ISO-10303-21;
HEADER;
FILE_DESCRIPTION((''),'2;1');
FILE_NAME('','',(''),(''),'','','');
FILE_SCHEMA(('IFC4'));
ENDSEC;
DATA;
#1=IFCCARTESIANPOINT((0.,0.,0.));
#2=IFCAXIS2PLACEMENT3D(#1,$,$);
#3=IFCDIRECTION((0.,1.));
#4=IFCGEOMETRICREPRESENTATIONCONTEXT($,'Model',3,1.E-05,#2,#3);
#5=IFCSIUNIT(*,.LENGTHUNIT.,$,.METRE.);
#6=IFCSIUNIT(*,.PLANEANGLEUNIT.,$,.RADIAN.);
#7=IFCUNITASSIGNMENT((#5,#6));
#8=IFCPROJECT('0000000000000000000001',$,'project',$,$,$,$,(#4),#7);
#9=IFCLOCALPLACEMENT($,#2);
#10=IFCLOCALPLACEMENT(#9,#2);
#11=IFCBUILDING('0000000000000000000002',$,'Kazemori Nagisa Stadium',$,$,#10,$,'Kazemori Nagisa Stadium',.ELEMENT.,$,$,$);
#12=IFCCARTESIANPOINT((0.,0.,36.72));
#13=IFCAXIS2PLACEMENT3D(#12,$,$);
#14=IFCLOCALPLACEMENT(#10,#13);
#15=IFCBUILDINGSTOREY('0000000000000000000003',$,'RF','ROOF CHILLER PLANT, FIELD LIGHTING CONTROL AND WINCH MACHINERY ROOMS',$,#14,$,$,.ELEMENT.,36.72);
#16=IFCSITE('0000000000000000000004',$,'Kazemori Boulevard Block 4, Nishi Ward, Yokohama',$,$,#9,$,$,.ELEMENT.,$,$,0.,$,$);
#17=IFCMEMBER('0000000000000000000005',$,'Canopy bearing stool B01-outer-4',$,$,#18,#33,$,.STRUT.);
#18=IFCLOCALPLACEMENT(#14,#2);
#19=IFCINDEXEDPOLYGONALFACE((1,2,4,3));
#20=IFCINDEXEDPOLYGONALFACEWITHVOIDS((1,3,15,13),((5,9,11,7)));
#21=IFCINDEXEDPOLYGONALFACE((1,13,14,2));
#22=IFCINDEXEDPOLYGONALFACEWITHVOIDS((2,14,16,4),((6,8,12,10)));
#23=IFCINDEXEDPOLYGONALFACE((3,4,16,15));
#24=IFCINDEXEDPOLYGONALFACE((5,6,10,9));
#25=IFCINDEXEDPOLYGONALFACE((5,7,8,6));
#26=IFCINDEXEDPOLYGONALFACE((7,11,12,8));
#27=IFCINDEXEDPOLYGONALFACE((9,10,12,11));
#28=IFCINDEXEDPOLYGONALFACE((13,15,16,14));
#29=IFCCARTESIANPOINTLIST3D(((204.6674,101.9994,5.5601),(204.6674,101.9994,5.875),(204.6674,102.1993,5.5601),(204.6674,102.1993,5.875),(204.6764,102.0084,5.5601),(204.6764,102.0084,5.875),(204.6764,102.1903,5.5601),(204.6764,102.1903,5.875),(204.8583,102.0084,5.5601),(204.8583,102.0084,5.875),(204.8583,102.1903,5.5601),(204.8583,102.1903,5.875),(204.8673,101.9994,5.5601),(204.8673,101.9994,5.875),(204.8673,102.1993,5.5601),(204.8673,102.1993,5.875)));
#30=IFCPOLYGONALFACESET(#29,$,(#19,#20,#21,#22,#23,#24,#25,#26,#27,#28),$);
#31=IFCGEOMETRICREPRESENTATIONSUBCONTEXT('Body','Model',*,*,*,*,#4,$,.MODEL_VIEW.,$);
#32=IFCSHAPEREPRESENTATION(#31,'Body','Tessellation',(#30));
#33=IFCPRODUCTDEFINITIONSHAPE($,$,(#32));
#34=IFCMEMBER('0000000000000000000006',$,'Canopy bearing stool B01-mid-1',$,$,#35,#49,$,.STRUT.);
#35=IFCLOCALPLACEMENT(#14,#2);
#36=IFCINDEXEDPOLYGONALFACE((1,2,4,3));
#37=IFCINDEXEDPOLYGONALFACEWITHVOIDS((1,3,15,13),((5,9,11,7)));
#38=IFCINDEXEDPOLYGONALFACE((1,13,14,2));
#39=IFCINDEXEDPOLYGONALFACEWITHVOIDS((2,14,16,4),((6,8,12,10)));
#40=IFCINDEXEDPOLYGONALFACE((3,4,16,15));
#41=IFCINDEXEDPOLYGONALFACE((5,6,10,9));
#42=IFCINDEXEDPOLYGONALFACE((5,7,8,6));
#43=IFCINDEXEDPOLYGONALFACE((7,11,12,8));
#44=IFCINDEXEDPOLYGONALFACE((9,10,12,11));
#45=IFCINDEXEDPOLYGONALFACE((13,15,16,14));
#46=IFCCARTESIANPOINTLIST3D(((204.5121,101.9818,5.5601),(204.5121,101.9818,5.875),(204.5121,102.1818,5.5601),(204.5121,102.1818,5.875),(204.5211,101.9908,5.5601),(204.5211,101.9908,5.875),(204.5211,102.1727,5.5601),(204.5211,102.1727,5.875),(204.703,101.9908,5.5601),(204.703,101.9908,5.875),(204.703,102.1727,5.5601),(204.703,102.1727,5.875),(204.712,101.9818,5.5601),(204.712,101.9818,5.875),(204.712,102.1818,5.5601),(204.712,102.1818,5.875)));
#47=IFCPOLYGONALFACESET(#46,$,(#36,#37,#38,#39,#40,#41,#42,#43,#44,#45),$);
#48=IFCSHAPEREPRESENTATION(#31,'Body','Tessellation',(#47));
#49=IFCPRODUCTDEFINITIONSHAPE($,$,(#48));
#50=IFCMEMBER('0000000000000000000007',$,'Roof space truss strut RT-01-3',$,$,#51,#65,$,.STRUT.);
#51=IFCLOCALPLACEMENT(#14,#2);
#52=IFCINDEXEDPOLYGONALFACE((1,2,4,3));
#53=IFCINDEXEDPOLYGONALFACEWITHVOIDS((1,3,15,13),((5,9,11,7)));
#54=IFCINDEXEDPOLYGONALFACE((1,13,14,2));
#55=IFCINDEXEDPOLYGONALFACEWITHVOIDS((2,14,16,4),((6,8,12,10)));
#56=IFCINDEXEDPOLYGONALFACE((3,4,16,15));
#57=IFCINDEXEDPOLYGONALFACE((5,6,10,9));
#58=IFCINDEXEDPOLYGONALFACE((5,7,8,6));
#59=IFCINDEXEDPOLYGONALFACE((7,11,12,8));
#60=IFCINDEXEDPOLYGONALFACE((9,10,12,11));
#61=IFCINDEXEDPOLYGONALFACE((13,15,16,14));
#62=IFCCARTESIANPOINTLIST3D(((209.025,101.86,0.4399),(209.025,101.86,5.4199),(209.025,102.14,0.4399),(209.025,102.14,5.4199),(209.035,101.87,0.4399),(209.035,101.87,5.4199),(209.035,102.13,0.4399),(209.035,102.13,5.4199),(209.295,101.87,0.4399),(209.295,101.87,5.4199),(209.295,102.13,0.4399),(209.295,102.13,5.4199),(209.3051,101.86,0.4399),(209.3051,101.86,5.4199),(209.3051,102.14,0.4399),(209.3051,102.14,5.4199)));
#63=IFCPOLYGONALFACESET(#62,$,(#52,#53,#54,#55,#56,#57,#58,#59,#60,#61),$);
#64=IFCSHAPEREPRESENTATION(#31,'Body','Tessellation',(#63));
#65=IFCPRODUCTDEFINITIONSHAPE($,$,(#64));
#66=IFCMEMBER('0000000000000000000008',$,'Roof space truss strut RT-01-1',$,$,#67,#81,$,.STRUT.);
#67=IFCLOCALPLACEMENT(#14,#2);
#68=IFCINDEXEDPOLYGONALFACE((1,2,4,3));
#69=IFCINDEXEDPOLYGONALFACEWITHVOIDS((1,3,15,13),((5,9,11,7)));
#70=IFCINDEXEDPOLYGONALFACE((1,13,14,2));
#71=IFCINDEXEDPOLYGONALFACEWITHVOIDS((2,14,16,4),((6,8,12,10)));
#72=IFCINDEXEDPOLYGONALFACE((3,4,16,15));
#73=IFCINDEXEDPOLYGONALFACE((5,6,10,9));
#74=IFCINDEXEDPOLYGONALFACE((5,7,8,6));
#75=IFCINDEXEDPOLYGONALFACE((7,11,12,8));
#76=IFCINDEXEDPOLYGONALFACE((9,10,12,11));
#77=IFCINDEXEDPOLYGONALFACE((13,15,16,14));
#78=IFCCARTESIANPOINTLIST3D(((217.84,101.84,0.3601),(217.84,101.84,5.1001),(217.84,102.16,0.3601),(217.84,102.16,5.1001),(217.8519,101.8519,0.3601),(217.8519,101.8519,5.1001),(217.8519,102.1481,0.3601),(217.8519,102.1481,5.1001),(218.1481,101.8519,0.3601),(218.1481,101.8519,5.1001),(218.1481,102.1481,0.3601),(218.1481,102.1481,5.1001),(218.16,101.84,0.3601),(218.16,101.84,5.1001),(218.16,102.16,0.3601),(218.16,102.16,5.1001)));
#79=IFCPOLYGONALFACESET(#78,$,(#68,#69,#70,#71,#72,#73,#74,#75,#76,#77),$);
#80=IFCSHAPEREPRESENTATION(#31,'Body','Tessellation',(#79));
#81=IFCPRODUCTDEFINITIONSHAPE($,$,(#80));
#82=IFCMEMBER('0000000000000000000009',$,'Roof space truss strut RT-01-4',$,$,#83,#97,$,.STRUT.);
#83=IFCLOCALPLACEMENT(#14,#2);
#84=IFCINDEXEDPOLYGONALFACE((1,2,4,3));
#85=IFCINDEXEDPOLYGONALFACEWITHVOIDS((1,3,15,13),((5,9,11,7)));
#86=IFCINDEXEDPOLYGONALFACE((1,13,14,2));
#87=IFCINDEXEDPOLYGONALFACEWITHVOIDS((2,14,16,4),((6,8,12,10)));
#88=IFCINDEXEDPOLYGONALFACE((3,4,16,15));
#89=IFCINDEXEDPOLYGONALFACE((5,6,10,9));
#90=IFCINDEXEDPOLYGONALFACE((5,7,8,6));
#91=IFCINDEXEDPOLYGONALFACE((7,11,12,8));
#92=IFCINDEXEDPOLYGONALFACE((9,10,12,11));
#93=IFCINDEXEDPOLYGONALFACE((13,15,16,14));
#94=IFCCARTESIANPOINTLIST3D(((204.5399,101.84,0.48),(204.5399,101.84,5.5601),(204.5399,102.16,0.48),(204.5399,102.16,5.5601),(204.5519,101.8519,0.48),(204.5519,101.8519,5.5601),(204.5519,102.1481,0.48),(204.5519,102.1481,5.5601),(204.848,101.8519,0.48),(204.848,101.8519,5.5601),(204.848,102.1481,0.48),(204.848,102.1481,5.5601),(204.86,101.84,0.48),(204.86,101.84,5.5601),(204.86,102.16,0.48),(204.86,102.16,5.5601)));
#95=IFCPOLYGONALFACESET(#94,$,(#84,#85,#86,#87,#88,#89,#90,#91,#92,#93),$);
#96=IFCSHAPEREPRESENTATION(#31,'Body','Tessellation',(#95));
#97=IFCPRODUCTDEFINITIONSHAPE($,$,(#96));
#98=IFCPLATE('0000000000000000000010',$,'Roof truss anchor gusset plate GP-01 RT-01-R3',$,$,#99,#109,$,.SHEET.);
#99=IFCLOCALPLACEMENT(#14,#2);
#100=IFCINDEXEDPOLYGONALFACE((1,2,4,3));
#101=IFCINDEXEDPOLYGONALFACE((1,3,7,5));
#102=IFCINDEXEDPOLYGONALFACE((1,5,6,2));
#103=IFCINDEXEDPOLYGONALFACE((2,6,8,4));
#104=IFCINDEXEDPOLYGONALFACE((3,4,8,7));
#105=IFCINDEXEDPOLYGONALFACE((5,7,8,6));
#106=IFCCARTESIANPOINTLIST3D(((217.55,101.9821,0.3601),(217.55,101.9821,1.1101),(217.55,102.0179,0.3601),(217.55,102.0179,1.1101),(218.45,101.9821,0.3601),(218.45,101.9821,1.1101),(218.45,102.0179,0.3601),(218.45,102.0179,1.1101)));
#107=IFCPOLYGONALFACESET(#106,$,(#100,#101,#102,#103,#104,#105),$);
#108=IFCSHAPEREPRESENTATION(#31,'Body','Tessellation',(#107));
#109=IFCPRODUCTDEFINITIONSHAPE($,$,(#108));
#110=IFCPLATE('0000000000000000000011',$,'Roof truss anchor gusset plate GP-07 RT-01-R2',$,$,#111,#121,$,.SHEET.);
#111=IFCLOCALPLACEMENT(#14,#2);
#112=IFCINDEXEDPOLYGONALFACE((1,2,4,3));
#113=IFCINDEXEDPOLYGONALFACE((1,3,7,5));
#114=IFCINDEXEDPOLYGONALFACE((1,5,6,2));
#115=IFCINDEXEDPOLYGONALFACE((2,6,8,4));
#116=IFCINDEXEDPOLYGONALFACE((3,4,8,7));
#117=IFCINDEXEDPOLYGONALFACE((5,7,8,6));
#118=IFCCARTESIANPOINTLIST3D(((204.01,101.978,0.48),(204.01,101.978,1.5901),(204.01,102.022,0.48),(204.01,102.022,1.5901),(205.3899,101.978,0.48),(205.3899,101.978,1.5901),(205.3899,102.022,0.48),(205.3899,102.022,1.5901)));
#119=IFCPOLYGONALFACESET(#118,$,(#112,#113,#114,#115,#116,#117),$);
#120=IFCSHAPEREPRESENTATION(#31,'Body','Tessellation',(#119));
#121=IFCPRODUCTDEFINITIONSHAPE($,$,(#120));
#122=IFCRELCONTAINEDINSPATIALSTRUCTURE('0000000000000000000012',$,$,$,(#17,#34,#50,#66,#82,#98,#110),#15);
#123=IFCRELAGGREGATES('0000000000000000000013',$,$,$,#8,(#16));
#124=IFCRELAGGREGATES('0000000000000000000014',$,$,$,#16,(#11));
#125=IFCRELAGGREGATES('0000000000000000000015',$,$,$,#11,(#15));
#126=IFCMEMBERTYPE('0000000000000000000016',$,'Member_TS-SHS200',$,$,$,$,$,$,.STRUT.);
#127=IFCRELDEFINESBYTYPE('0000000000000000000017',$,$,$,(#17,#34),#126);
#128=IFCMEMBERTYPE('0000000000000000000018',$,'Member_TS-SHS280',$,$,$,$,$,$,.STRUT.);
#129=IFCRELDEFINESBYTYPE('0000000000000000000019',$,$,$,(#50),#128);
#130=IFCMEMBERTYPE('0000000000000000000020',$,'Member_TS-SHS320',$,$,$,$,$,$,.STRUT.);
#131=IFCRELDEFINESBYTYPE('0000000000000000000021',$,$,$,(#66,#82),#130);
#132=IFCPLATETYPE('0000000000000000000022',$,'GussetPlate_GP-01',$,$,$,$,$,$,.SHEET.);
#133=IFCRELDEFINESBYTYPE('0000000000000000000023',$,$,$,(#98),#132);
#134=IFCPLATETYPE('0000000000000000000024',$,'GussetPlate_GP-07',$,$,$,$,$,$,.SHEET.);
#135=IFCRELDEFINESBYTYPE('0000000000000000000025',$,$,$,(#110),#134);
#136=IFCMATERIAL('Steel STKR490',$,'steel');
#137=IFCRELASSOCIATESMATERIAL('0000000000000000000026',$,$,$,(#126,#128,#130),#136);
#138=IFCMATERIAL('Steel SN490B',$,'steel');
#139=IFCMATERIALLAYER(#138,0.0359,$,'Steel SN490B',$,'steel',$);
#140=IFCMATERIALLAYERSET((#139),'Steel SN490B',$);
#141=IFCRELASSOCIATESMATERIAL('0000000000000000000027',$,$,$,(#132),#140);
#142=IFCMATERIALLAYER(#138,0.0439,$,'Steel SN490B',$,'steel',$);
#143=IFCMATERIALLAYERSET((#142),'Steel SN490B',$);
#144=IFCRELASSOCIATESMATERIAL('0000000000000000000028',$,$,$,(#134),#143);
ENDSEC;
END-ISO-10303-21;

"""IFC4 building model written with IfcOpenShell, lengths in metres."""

from ifc_helpers import new_model, si_unit, direction, frame, origin, origin_2d, place, context, subcontext, project, spatial, rectangle, hollow_rectangle, extrude, material, layer, layer_set, material_profile, profile_set, type_object, element, save


model = new_model("IFC4")

# Units and contexts
model_context = context("Model", 3, precision=1e-05, world=origin(), true_north=direction((0.0, 1.0)))
body_context = subcontext(model_context, "Body", "Model", "MODEL_VIEW")
ifc_project = project(units=[si_unit("LENGTHUNIT", "METRE"), si_unit("PLANEANGLEUNIT", "RADIAN")], contexts=[model_context])

# Site, building, storey
site_placement = place(None, origin())
site = spatial("IfcSite", under=ifc_project, at=site_placement, Name="Kazemori Boulevard Block 4, Nishi Ward, Yokohama", CompositionType="ELEMENT", RefElevation=0.0)
building_placement = place(site_placement, origin())
building = spatial("IfcBuilding", under=site, at=building_placement, Name="Kazemori Nagisa Stadium", LongName="Kazemori Nagisa Stadium", CompositionType="ELEMENT")
storey_placement = place(building_placement, frame((0.0, 0.0, 36.72)))
storey = spatial("IfcBuildingStorey", under=building, at=storey_placement, Name="RF", Description="ROOF CHILLER PLANT, FIELD LIGHTING CONTROL AND WINCH MACHINERY ROOMS", CompositionType="ELEMENT", Elevation=36.72)

# Shared definitions
ifc_material_1 = material(Name="Steel SN490B", Category="steel")

# Members
ifc_material_2 = material(Name="Steel STKR490", Category="steel")
ifc_material_profile_1 = material_profile(ifc_material_2, hollow_rectangle(XDim=0.2, YDim=0.2, WallThickness=0.009, at=origin_2d()), Name="SHS-200x200x9")
ifc_profile_set_1 = profile_set([ifc_material_profile_1], Name="Steel STKR490")
member_type_1 = type_object("IfcMemberType", Name="Member_TS-SHS200", PredefinedType="STRUT", material=ifc_profile_set_1)
for number, where, z_axis, x_axis, name in (
    (1, (204.7673, 102.0994, 5.5601), (0.0, 0.0, 1.0), (1.0, 0.0, 0.0), "Canopy bearing stool B01-outer-4"),
    (2, (204.6121, 102.0818, 5.5601), (0.0, 0.0, 1.0), (1.0, 0.0, 0.0), "Canopy bearing stool B01-mid-1"),
):
    element("IfcMember", number, at=place(storey_placement, frame(where, z_axis=z_axis, x_axis=x_axis)), inside=storey, type_object=member_type_1, Name=name, PredefinedType="STRUT", context=body_context, shape_type="SweptSolid", body=[
        extrude(hollow_rectangle(XDim=0.2, YDim=0.2, WallThickness=0.009, at=origin_2d()), origin(), (0.0, 0.0, 1.0), 0.3149),
    ])
ifc_material_profile_2 = material_profile(ifc_material_2, hollow_rectangle(XDim=0.28, YDim=0.28, WallThickness=0.01, at=origin_2d()), Name="SHS-280x280x10")
ifc_profile_set_2 = profile_set([ifc_material_profile_2], Name="Steel STKR490")
member_type_2 = type_object("IfcMemberType", Name="Member_TS-SHS280", PredefinedType="STRUT", material=ifc_profile_set_2)
member_1_placement = place(storey_placement, frame((209.165, 102.0, 0.4399), z_axis=(0.0, 0.0, 1.0), x_axis=(1.0, 0.0, 0.0)))
element("IfcMember", 3, at=member_1_placement, inside=storey, type_object=member_type_2, Name="Roof space truss strut RT-01-3", PredefinedType="STRUT", context=body_context, shape_type="SweptSolid", body=[
    extrude(hollow_rectangle(XDim=0.28, YDim=0.28, WallThickness=0.01, at=origin_2d()), origin(), (0.0, 0.0, 1.0), 4.98),
])
ifc_material_profile_3 = material_profile(ifc_material_2, hollow_rectangle(XDim=0.3201, YDim=0.3201, WallThickness=0.012, at=origin_2d()), Name="SHS-320x320x12")
ifc_profile_set_3 = profile_set([ifc_material_profile_3], Name="Steel STKR490")
member_type_3 = type_object("IfcMemberType", Name="Member_TS-SHS320", PredefinedType="STRUT", material=ifc_profile_set_3)
member_2_placement = place(storey_placement, frame((218.0, 102.0, 0.3601), z_axis=(0.0, 0.0, 1.0), x_axis=(1.0, 0.0, 0.0)))
element("IfcMember", 4, at=member_2_placement, inside=storey, type_object=member_type_3, Name="Roof space truss strut RT-01-1", PredefinedType="STRUT", context=body_context, shape_type="SweptSolid", body=[
    extrude(hollow_rectangle(XDim=0.3201, YDim=0.3201, WallThickness=0.012, at=origin_2d()), origin(), (0.0, 0.0, 1.0), 4.74),
])
member_3_placement = place(storey_placement, frame((204.7, 102.0, 0.48), z_axis=(0.0, 0.0, 1.0), x_axis=(1.0, 0.0, 0.0)))
element("IfcMember", 5, at=member_3_placement, inside=storey, type_object=member_type_3, Name="Roof space truss strut RT-01-4", PredefinedType="STRUT", context=body_context, shape_type="SweptSolid", body=[
    extrude(hollow_rectangle(XDim=0.3201, YDim=0.3201, WallThickness=0.012, at=origin_2d()), origin(), (0.0, 0.0, 1.0), 5.0801),
])

# Plates
ifc_layer_1 = layer(ifc_material_1, 0.0359, Name="Steel SN490B", Category="steel")
ifc_layer_set_1 = layer_set([ifc_layer_1], Name="Steel SN490B")
plate_type_1 = type_object("IfcPlateType", Name="GussetPlate_GP-01", PredefinedType="SHEET", material=ifc_layer_set_1)
plate_1_placement = place(storey_placement, frame((218.0, 102.0, 0.3601), z_axis=(0.0, 0.0, 1.0), x_axis=(1.0, 0.0, 0.0)))
element("IfcPlate", 6, at=plate_1_placement, inside=storey, type_object=plate_type_1, Name="Roof truss anchor gusset plate GP-01 RT-01-R3", PredefinedType="SHEET", context=body_context, shape_type="SweptSolid", body=[
    extrude(rectangle(XDim=0.8999, YDim=0.0359, at=origin_2d()), origin(), (0.0, 0.0, 1.0), 0.75),
])
ifc_layer_2 = layer(ifc_material_1, 0.0439, Name="Steel SN490B", Category="steel")
ifc_layer_set_2 = layer_set([ifc_layer_2], Name="Steel SN490B")
plate_type_2 = type_object("IfcPlateType", Name="GussetPlate_GP-07", PredefinedType="SHEET", material=ifc_layer_set_2)
plate_2_placement = place(storey_placement, frame((204.7, 102.0, 0.48), z_axis=(0.0, 0.0, 1.0), x_axis=(1.0, 0.0, 0.0)))
element("IfcPlate", 7, at=plate_2_placement, inside=storey, type_object=plate_type_2, Name="Roof truss anchor gusset plate GP-07 RT-01-R2", PredefinedType="SHEET", context=body_context, shape_type="SweptSolid", body=[
    extrude(rectangle(XDim=1.3799, YDim=0.0439, at=origin_2d()), origin(), (0.0, 0.0, 1.0), 1.1101),
])

save(model, "model.ifc")
